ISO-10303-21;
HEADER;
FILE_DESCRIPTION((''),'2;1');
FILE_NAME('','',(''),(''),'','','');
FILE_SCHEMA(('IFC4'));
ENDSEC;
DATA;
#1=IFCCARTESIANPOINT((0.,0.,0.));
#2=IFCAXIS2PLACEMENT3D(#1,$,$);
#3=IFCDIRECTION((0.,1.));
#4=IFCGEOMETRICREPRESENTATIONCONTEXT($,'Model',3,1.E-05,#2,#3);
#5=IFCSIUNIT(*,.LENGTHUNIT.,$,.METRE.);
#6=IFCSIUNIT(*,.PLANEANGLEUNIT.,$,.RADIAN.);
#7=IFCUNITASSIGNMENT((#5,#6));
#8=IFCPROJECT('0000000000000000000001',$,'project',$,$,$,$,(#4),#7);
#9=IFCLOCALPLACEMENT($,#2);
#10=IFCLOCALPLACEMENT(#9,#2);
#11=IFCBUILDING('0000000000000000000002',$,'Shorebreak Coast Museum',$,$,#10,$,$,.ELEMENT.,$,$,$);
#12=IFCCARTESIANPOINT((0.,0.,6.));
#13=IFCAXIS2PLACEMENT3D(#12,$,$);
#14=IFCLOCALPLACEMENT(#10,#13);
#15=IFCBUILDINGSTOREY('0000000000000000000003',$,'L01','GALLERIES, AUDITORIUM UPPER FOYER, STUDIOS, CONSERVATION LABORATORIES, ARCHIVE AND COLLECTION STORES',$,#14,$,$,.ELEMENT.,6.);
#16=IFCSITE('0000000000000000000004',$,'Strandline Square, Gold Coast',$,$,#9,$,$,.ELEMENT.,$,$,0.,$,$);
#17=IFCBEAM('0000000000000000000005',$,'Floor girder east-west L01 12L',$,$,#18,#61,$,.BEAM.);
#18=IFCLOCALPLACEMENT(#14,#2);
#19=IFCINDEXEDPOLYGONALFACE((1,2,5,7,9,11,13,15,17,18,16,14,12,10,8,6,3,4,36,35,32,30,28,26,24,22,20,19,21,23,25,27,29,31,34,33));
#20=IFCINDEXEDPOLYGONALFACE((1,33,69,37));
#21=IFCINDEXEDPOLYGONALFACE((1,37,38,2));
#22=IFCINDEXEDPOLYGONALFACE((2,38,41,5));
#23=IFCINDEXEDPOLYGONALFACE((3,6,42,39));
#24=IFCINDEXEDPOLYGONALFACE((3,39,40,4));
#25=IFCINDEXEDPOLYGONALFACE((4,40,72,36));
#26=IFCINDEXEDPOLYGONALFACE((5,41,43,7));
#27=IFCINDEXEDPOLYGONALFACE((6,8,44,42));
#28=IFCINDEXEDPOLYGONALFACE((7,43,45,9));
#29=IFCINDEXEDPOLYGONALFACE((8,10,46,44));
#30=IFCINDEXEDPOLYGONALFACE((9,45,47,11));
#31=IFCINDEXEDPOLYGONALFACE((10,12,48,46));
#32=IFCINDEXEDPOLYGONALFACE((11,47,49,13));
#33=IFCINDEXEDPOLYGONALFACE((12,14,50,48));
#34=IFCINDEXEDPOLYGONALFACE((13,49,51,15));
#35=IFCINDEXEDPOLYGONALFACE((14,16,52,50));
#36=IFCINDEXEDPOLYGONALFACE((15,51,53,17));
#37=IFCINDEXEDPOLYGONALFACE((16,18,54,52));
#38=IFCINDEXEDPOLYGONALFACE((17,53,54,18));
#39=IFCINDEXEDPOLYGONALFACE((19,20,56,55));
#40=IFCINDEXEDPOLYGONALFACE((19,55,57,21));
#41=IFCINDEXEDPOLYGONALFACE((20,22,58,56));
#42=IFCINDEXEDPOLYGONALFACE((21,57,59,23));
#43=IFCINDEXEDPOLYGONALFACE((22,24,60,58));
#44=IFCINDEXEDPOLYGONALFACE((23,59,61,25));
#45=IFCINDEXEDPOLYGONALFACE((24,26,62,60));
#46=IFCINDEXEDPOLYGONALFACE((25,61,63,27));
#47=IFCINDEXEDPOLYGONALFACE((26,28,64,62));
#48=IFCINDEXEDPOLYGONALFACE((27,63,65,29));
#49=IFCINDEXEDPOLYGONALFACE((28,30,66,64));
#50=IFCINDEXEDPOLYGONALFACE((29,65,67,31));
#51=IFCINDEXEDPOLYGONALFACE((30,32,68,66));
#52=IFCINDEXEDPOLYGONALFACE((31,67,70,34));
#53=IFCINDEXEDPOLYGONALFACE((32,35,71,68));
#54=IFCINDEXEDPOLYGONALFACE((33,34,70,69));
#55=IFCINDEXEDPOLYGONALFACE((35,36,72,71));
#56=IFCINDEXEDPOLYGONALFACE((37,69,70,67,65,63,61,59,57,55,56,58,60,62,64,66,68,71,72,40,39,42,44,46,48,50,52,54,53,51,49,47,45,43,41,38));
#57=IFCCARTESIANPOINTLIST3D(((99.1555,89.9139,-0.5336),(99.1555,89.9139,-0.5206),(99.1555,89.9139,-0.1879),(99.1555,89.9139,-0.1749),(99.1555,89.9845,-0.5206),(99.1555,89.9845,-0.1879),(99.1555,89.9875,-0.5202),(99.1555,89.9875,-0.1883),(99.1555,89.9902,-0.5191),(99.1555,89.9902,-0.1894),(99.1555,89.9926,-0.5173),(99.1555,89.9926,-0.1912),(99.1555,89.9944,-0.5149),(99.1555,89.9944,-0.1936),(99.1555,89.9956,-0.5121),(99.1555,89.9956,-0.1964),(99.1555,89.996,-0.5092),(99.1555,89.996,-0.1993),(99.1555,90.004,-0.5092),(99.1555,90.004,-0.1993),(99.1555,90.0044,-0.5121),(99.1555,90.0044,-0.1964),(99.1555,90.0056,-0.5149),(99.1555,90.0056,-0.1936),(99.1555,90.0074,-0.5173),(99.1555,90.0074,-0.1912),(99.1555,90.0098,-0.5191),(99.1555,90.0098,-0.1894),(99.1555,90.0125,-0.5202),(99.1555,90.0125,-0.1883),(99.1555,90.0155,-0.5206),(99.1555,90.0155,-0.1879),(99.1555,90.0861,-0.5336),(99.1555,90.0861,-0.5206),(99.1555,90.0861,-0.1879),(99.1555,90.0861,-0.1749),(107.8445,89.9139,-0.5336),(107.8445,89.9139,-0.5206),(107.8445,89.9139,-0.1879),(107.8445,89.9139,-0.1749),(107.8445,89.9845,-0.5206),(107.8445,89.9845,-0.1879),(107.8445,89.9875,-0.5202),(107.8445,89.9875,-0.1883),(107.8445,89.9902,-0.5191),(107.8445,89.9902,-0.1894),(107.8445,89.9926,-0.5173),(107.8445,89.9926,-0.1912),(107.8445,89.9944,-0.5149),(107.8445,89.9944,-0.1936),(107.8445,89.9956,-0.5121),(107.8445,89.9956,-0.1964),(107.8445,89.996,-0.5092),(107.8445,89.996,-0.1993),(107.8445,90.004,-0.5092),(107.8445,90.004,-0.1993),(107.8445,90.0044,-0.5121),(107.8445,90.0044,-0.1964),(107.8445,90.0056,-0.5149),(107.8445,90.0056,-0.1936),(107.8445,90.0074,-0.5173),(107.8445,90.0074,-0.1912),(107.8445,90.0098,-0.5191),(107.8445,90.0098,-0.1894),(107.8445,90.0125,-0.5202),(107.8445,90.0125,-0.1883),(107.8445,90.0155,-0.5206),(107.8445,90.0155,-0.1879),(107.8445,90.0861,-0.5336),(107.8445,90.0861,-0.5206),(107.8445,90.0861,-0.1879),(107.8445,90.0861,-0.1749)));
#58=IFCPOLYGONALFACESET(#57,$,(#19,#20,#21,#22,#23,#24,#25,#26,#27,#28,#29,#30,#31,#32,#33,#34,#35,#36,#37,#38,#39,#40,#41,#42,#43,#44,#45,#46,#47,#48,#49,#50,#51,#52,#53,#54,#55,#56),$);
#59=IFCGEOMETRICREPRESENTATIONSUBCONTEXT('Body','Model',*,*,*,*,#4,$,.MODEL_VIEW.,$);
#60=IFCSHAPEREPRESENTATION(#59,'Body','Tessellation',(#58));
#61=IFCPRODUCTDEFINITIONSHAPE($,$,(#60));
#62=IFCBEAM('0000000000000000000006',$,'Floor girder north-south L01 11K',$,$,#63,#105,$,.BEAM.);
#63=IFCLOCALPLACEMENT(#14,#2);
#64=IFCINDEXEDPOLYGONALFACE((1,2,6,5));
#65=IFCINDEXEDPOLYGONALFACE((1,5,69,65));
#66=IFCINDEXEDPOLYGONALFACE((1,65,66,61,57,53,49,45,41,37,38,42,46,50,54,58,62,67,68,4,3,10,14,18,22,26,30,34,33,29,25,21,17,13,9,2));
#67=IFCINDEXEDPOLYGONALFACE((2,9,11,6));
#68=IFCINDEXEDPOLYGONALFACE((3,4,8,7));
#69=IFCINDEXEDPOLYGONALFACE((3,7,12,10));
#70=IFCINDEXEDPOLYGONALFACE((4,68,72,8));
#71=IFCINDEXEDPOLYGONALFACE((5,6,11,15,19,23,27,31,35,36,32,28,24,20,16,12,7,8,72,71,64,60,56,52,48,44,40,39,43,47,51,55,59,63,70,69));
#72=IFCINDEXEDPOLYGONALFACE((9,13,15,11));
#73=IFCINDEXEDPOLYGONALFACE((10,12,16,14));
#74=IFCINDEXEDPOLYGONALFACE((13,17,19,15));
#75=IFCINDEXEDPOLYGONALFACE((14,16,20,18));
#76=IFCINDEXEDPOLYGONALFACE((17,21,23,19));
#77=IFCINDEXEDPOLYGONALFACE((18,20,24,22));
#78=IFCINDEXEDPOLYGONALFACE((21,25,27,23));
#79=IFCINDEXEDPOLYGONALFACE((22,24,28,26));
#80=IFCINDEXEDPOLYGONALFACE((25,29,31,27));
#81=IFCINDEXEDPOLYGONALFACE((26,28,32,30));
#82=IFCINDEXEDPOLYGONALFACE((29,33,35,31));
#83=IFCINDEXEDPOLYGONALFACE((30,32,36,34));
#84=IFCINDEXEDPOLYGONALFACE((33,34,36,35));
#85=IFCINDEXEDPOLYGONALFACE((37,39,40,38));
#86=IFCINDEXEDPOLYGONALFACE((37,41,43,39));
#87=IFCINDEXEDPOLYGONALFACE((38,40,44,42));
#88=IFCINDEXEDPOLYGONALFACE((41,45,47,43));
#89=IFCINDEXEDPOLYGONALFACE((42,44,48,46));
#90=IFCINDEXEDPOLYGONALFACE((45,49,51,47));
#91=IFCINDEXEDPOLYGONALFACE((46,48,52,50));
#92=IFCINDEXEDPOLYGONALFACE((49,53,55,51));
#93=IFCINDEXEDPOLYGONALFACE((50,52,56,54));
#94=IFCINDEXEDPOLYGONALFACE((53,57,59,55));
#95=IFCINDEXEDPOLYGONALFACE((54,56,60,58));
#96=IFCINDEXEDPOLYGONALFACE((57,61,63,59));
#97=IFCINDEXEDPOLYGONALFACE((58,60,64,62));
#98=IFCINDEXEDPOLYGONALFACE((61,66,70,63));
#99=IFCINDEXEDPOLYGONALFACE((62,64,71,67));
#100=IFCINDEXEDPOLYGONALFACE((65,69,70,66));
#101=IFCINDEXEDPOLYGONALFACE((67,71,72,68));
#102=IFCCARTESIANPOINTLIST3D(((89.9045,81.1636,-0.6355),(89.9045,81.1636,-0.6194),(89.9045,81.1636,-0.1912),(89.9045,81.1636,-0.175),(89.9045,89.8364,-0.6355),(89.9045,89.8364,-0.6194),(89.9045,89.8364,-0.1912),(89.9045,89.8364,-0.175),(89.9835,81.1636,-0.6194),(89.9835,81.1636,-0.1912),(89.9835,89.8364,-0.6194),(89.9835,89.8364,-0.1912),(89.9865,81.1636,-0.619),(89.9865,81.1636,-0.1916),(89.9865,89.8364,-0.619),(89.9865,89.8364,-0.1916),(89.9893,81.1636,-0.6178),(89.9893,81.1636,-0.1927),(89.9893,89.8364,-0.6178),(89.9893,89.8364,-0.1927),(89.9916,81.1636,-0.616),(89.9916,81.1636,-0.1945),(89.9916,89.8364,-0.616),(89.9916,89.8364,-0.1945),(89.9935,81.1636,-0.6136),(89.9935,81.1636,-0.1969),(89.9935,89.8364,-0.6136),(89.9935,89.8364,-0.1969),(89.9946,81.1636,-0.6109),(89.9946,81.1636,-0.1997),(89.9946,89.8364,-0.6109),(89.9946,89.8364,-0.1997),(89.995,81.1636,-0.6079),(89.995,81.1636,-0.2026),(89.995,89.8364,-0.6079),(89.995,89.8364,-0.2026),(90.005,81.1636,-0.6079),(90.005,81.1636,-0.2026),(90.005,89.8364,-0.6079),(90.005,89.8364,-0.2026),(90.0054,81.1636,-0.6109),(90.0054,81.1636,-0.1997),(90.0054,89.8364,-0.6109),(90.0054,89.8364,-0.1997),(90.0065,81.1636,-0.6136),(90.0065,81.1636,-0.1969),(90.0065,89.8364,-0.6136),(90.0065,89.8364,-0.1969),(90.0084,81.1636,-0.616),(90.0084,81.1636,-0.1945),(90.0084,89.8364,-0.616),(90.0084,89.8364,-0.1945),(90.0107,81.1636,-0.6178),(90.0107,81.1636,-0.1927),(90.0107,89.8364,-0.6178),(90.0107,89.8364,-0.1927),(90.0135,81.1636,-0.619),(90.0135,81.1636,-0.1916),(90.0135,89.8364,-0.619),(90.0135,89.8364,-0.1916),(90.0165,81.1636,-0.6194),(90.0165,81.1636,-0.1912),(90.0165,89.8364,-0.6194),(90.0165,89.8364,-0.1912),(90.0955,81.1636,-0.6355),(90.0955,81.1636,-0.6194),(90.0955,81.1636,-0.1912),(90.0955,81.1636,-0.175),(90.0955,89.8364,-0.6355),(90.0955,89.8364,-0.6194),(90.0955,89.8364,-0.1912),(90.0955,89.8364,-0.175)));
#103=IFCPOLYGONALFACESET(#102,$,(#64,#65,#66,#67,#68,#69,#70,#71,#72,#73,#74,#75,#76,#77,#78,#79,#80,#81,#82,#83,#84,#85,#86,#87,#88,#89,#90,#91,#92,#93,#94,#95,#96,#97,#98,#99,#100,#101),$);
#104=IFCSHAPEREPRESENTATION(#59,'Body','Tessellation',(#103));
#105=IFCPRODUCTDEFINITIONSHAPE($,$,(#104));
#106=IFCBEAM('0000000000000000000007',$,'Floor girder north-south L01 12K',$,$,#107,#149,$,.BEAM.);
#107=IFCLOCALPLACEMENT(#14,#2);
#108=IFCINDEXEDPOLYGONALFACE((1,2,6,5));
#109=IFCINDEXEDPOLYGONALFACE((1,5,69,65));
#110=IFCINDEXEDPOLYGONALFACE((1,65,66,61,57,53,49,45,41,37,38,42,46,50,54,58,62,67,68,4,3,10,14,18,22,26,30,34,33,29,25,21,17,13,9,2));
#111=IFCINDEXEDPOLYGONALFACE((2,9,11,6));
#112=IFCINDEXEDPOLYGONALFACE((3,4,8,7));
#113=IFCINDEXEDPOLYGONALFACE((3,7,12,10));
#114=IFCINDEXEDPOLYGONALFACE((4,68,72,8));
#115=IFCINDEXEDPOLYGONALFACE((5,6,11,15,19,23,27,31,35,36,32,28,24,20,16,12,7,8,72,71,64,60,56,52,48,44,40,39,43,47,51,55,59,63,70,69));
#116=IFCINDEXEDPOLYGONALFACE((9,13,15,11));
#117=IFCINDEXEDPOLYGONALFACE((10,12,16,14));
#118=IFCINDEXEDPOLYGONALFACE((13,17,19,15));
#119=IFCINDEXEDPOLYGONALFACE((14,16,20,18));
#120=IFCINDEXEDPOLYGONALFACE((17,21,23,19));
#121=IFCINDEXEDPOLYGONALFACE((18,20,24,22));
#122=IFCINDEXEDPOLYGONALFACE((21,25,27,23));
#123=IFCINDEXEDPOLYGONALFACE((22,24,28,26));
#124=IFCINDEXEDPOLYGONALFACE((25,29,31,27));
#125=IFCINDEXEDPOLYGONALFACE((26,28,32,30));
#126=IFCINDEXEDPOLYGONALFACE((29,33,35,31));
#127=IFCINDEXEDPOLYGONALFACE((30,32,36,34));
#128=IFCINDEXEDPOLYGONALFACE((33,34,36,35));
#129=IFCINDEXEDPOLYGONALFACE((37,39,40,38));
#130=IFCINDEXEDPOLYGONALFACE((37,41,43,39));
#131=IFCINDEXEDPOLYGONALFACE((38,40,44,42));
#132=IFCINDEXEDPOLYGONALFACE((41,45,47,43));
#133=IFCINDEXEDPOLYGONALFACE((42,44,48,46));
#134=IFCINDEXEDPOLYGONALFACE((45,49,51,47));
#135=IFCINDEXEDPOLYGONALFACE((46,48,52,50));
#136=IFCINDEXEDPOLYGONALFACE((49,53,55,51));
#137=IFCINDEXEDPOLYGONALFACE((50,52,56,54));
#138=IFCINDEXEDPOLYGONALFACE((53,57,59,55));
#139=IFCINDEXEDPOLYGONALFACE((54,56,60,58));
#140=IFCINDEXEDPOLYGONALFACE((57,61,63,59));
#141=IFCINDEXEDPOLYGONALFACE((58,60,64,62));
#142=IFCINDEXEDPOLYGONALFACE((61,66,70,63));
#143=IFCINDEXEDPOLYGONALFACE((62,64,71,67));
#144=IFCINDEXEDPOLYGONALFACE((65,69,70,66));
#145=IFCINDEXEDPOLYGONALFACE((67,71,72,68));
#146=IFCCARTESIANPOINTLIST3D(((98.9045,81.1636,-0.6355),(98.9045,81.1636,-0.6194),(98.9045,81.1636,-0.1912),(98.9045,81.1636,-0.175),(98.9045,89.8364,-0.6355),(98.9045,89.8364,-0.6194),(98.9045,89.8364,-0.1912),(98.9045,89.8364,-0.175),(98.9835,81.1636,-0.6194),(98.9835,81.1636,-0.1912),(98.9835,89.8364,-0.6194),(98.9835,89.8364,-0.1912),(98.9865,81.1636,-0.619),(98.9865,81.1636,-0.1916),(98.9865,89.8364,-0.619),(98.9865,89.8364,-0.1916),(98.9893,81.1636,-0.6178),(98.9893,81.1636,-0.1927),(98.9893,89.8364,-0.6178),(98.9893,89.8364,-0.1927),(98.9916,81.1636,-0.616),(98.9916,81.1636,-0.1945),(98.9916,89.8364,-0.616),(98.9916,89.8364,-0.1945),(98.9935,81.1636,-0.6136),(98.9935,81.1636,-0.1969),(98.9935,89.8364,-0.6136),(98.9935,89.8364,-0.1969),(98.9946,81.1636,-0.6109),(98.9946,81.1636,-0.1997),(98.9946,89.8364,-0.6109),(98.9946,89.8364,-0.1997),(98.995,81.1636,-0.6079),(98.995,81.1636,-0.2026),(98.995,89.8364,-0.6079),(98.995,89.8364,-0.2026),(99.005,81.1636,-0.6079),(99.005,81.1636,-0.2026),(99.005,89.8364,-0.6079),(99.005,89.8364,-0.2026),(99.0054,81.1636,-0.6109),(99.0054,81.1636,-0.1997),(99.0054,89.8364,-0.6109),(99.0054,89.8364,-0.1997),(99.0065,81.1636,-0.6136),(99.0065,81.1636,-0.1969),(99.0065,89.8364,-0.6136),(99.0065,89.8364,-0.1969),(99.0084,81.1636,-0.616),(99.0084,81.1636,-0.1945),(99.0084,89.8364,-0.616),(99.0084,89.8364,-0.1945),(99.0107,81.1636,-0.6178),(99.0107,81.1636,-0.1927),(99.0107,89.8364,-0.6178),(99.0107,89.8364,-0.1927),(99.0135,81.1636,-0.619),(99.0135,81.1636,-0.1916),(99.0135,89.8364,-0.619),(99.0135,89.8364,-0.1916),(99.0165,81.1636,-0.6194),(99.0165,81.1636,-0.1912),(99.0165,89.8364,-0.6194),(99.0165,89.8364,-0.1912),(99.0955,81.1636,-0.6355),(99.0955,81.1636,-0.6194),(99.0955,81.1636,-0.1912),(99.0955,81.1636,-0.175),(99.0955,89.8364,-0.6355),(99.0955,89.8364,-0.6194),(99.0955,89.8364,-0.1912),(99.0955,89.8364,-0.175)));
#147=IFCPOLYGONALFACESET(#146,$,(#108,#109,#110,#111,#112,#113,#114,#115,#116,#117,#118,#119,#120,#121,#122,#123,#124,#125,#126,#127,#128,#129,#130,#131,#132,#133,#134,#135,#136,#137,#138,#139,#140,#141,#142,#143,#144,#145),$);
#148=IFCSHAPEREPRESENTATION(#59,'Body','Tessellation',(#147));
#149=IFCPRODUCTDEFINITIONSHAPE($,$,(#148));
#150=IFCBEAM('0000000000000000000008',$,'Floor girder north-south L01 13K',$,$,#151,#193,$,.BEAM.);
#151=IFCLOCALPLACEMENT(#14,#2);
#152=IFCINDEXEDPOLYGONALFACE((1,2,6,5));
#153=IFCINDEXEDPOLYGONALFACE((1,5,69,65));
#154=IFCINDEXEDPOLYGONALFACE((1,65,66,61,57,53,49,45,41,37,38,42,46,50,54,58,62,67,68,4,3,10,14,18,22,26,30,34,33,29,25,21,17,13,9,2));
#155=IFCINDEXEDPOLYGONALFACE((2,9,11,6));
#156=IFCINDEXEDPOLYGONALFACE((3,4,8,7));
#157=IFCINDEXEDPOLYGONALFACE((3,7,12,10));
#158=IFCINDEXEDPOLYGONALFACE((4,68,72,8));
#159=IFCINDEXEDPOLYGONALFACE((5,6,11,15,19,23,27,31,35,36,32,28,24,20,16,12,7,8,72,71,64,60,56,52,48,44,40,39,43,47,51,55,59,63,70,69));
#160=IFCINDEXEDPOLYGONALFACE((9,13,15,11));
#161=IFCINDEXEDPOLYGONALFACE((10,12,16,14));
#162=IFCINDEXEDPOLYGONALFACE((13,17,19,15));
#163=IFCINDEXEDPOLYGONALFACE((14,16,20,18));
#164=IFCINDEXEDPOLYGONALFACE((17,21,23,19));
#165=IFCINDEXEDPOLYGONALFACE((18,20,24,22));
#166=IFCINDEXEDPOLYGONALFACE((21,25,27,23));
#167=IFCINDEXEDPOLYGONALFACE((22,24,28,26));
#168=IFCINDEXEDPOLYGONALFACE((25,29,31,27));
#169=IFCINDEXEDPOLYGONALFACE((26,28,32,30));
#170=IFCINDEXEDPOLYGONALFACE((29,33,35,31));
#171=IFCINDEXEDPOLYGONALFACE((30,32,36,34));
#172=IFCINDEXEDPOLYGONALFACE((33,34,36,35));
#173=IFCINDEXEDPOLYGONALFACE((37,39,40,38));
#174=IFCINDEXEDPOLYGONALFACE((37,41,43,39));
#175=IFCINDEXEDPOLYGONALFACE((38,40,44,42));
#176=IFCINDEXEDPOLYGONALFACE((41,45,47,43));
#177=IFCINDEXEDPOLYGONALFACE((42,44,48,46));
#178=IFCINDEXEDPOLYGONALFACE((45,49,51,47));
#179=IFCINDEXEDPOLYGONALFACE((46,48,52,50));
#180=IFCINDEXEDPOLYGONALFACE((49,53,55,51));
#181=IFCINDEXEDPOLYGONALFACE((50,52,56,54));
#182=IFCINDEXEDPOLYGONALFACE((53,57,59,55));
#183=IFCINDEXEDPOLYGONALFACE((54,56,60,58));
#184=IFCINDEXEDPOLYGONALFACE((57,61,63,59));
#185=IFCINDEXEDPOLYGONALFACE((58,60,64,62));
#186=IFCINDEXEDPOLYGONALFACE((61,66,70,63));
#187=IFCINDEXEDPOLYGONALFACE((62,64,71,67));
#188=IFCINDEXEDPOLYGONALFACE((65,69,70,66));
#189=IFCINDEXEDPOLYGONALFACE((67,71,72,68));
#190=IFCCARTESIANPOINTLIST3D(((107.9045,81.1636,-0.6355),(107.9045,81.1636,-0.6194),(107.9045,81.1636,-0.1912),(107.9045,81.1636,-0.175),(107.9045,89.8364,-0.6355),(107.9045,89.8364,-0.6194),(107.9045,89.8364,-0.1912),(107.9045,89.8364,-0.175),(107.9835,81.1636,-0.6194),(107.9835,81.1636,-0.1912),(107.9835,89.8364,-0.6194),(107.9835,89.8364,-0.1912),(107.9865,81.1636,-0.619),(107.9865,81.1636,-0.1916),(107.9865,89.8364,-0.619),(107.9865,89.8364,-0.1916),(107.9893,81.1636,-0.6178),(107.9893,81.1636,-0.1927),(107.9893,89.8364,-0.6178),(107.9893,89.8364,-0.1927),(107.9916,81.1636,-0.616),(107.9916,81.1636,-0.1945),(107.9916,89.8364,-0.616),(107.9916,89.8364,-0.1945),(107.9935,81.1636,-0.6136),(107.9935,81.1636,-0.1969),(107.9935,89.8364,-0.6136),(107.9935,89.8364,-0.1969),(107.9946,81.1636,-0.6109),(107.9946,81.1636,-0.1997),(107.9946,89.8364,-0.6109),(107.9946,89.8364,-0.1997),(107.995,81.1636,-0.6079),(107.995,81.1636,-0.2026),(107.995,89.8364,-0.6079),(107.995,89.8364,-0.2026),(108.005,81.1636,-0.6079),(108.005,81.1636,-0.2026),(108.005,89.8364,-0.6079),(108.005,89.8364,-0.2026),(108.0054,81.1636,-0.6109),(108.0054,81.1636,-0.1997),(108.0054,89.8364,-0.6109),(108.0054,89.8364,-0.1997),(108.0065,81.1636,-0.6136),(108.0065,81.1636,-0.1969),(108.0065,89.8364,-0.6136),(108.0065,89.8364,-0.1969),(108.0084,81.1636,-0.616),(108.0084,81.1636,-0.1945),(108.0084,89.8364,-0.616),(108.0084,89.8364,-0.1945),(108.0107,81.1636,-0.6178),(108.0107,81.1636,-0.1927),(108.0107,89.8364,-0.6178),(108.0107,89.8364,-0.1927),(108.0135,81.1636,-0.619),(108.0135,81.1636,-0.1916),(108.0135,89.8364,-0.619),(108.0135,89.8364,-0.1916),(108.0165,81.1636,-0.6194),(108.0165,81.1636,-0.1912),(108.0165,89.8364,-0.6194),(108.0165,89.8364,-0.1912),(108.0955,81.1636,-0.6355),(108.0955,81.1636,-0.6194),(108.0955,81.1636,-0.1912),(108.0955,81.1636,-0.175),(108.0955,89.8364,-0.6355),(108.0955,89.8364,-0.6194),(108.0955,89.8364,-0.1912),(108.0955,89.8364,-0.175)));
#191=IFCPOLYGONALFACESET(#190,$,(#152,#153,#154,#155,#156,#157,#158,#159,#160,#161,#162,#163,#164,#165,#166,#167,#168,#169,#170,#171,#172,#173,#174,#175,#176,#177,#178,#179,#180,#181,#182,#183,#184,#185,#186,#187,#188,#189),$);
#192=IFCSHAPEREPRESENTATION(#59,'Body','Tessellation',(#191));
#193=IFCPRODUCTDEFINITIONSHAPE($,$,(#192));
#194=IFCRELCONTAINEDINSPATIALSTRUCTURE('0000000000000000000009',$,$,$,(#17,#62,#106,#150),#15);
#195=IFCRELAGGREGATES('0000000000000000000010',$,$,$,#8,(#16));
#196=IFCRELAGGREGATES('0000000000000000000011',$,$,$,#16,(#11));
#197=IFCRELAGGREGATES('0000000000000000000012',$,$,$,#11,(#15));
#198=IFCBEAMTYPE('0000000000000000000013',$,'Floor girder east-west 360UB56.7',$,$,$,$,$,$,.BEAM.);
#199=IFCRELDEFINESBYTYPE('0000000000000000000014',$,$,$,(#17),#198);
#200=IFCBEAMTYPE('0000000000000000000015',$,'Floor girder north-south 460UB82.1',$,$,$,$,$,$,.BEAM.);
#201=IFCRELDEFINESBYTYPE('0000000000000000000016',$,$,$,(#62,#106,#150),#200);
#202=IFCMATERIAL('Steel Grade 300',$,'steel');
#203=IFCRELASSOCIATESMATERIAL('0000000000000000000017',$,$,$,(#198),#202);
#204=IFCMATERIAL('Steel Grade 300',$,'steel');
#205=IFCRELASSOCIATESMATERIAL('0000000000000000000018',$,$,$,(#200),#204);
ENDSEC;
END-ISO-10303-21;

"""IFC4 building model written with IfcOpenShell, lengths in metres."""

from ifc_helpers import new_model, si_unit, direction, frame, origin, origin_2d, place, context, subcontext, project, spatial, i_section, extrude, material, material_profile, profile_set, type_object, element, save


model = new_model("IFC4")

# Units and contexts
model_context = context("Model", 3, precision=1e-05, world=origin(), true_north=direction((0.0, 1.0)))
body_context = subcontext(model_context, "Body", "Model", "MODEL_VIEW")
ifc_project = project(units=[si_unit("LENGTHUNIT", "METRE"), si_unit("PLANEANGLEUNIT", "RADIAN")], contexts=[model_context])

# Site, building, storey
site_placement = place(None, origin())
site = spatial("IfcSite", under=ifc_project, at=site_placement, Name="Strandline Square, Gold Coast", CompositionType="ELEMENT", RefElevation=0.0)
building_placement = place(site_placement, origin())
building = spatial("IfcBuilding", under=site, at=building_placement, Name="Shorebreak Coast Museum", CompositionType="ELEMENT")
storey_placement = place(building_placement, frame((0.0, 0.0, 6.0)))
storey = spatial("IfcBuildingStorey", under=building, at=storey_placement, Name="L01", Description="GALLERIES, AUDITORIUM UPPER FOYER, STUDIOS, CONSERVATION LABORATORIES, ARCHIVE AND COLLECTION STORES", CompositionType="ELEMENT", Elevation=6.0)

# Beams
ifc_material_1 = material(Name="Steel Grade 300", Category="steel")
ifc_material_profile_1 = material_profile(ifc_material_1, i_section(OverallWidth=0.1721, OverallDepth=0.3586, WebThickness=0.0081, FlangeThickness=0.0129, FilletRadius=0.0115, at=origin_2d()), Name="360UB56.7")
ifc_profile_set_1 = profile_set([ifc_material_profile_1], Name="Steel Grade 300")
beam_type_1 = type_object("IfcBeamType", Name="Floor girder east-west 360UB56.7", PredefinedType="BEAM", material=ifc_profile_set_1)
for number, where, z_axis, x_axis, name in (
    (1, (99.1555, 90.0, -0.3542), (1.0, 0.0, 0.0), (0.0, 1.0, 0.0), "Floor girder east-west L01 12L"),
):
    element("IfcBeam", number, at=place(storey_placement, frame(where, z_axis=z_axis, x_axis=x_axis)), inside=storey, type_object=beam_type_1, Name=name, PredefinedType="BEAM", context=body_context, shape_type="SweptSolid", body=[
        extrude(i_section(OverallWidth=0.1721, OverallDepth=0.3586, WebThickness=0.0081, FlangeThickness=0.0129, FilletRadius=0.0115, at=origin_2d()), origin(), (0.0, 0.0, 1.0), 8.689),
    ])
ifc_material_2 = material(Name="Steel Grade 300", Category="steel")
ifc_material_profile_2 = material_profile(ifc_material_2, i_section(OverallWidth=0.1909, OverallDepth=0.4604, WebThickness=0.01, FlangeThickness=0.0161, FilletRadius=0.0115, at=origin_2d()), Name="460UB82.1")
ifc_profile_set_2 = profile_set([ifc_material_profile_2], Name="Steel Grade 300")
beam_type_2 = type_object("IfcBeamType", Name="Floor girder north-south 460UB82.1", PredefinedType="BEAM", material=ifc_profile_set_2)
for number, where, z_axis, x_axis, name in (
    (2, (90.0, 81.1636, -0.4053), (0.0, 1.0, 0.0), (-1.0, 0.0, 0.0), "Floor girder north-south L01 11K"),
    (3, (99.0, 81.1636, -0.4053), (0.0, 1.0, 0.0), (-1.0, 0.0, 0.0), "Floor girder north-south L01 12K"),
    (4, (108.0, 81.1636, -0.4053), (0.0, 1.0, 0.0), (-1.0, 0.0, 0.0), "Floor girder north-south L01 13K"),
):
    element("IfcBeam", number, at=place(storey_placement, frame(where, z_axis=z_axis, x_axis=x_axis)), inside=storey, type_object=beam_type_2, Name=name, PredefinedType="BEAM", context=body_context, shape_type="SweptSolid", body=[
        extrude(i_section(OverallWidth=0.1909, OverallDepth=0.4604, WebThickness=0.01, FlangeThickness=0.0161, FilletRadius=0.0115, at=origin_2d()), origin(), (0.0, 0.0, 1.0), 8.6729),
    ])

save(model, "model.ifc")
